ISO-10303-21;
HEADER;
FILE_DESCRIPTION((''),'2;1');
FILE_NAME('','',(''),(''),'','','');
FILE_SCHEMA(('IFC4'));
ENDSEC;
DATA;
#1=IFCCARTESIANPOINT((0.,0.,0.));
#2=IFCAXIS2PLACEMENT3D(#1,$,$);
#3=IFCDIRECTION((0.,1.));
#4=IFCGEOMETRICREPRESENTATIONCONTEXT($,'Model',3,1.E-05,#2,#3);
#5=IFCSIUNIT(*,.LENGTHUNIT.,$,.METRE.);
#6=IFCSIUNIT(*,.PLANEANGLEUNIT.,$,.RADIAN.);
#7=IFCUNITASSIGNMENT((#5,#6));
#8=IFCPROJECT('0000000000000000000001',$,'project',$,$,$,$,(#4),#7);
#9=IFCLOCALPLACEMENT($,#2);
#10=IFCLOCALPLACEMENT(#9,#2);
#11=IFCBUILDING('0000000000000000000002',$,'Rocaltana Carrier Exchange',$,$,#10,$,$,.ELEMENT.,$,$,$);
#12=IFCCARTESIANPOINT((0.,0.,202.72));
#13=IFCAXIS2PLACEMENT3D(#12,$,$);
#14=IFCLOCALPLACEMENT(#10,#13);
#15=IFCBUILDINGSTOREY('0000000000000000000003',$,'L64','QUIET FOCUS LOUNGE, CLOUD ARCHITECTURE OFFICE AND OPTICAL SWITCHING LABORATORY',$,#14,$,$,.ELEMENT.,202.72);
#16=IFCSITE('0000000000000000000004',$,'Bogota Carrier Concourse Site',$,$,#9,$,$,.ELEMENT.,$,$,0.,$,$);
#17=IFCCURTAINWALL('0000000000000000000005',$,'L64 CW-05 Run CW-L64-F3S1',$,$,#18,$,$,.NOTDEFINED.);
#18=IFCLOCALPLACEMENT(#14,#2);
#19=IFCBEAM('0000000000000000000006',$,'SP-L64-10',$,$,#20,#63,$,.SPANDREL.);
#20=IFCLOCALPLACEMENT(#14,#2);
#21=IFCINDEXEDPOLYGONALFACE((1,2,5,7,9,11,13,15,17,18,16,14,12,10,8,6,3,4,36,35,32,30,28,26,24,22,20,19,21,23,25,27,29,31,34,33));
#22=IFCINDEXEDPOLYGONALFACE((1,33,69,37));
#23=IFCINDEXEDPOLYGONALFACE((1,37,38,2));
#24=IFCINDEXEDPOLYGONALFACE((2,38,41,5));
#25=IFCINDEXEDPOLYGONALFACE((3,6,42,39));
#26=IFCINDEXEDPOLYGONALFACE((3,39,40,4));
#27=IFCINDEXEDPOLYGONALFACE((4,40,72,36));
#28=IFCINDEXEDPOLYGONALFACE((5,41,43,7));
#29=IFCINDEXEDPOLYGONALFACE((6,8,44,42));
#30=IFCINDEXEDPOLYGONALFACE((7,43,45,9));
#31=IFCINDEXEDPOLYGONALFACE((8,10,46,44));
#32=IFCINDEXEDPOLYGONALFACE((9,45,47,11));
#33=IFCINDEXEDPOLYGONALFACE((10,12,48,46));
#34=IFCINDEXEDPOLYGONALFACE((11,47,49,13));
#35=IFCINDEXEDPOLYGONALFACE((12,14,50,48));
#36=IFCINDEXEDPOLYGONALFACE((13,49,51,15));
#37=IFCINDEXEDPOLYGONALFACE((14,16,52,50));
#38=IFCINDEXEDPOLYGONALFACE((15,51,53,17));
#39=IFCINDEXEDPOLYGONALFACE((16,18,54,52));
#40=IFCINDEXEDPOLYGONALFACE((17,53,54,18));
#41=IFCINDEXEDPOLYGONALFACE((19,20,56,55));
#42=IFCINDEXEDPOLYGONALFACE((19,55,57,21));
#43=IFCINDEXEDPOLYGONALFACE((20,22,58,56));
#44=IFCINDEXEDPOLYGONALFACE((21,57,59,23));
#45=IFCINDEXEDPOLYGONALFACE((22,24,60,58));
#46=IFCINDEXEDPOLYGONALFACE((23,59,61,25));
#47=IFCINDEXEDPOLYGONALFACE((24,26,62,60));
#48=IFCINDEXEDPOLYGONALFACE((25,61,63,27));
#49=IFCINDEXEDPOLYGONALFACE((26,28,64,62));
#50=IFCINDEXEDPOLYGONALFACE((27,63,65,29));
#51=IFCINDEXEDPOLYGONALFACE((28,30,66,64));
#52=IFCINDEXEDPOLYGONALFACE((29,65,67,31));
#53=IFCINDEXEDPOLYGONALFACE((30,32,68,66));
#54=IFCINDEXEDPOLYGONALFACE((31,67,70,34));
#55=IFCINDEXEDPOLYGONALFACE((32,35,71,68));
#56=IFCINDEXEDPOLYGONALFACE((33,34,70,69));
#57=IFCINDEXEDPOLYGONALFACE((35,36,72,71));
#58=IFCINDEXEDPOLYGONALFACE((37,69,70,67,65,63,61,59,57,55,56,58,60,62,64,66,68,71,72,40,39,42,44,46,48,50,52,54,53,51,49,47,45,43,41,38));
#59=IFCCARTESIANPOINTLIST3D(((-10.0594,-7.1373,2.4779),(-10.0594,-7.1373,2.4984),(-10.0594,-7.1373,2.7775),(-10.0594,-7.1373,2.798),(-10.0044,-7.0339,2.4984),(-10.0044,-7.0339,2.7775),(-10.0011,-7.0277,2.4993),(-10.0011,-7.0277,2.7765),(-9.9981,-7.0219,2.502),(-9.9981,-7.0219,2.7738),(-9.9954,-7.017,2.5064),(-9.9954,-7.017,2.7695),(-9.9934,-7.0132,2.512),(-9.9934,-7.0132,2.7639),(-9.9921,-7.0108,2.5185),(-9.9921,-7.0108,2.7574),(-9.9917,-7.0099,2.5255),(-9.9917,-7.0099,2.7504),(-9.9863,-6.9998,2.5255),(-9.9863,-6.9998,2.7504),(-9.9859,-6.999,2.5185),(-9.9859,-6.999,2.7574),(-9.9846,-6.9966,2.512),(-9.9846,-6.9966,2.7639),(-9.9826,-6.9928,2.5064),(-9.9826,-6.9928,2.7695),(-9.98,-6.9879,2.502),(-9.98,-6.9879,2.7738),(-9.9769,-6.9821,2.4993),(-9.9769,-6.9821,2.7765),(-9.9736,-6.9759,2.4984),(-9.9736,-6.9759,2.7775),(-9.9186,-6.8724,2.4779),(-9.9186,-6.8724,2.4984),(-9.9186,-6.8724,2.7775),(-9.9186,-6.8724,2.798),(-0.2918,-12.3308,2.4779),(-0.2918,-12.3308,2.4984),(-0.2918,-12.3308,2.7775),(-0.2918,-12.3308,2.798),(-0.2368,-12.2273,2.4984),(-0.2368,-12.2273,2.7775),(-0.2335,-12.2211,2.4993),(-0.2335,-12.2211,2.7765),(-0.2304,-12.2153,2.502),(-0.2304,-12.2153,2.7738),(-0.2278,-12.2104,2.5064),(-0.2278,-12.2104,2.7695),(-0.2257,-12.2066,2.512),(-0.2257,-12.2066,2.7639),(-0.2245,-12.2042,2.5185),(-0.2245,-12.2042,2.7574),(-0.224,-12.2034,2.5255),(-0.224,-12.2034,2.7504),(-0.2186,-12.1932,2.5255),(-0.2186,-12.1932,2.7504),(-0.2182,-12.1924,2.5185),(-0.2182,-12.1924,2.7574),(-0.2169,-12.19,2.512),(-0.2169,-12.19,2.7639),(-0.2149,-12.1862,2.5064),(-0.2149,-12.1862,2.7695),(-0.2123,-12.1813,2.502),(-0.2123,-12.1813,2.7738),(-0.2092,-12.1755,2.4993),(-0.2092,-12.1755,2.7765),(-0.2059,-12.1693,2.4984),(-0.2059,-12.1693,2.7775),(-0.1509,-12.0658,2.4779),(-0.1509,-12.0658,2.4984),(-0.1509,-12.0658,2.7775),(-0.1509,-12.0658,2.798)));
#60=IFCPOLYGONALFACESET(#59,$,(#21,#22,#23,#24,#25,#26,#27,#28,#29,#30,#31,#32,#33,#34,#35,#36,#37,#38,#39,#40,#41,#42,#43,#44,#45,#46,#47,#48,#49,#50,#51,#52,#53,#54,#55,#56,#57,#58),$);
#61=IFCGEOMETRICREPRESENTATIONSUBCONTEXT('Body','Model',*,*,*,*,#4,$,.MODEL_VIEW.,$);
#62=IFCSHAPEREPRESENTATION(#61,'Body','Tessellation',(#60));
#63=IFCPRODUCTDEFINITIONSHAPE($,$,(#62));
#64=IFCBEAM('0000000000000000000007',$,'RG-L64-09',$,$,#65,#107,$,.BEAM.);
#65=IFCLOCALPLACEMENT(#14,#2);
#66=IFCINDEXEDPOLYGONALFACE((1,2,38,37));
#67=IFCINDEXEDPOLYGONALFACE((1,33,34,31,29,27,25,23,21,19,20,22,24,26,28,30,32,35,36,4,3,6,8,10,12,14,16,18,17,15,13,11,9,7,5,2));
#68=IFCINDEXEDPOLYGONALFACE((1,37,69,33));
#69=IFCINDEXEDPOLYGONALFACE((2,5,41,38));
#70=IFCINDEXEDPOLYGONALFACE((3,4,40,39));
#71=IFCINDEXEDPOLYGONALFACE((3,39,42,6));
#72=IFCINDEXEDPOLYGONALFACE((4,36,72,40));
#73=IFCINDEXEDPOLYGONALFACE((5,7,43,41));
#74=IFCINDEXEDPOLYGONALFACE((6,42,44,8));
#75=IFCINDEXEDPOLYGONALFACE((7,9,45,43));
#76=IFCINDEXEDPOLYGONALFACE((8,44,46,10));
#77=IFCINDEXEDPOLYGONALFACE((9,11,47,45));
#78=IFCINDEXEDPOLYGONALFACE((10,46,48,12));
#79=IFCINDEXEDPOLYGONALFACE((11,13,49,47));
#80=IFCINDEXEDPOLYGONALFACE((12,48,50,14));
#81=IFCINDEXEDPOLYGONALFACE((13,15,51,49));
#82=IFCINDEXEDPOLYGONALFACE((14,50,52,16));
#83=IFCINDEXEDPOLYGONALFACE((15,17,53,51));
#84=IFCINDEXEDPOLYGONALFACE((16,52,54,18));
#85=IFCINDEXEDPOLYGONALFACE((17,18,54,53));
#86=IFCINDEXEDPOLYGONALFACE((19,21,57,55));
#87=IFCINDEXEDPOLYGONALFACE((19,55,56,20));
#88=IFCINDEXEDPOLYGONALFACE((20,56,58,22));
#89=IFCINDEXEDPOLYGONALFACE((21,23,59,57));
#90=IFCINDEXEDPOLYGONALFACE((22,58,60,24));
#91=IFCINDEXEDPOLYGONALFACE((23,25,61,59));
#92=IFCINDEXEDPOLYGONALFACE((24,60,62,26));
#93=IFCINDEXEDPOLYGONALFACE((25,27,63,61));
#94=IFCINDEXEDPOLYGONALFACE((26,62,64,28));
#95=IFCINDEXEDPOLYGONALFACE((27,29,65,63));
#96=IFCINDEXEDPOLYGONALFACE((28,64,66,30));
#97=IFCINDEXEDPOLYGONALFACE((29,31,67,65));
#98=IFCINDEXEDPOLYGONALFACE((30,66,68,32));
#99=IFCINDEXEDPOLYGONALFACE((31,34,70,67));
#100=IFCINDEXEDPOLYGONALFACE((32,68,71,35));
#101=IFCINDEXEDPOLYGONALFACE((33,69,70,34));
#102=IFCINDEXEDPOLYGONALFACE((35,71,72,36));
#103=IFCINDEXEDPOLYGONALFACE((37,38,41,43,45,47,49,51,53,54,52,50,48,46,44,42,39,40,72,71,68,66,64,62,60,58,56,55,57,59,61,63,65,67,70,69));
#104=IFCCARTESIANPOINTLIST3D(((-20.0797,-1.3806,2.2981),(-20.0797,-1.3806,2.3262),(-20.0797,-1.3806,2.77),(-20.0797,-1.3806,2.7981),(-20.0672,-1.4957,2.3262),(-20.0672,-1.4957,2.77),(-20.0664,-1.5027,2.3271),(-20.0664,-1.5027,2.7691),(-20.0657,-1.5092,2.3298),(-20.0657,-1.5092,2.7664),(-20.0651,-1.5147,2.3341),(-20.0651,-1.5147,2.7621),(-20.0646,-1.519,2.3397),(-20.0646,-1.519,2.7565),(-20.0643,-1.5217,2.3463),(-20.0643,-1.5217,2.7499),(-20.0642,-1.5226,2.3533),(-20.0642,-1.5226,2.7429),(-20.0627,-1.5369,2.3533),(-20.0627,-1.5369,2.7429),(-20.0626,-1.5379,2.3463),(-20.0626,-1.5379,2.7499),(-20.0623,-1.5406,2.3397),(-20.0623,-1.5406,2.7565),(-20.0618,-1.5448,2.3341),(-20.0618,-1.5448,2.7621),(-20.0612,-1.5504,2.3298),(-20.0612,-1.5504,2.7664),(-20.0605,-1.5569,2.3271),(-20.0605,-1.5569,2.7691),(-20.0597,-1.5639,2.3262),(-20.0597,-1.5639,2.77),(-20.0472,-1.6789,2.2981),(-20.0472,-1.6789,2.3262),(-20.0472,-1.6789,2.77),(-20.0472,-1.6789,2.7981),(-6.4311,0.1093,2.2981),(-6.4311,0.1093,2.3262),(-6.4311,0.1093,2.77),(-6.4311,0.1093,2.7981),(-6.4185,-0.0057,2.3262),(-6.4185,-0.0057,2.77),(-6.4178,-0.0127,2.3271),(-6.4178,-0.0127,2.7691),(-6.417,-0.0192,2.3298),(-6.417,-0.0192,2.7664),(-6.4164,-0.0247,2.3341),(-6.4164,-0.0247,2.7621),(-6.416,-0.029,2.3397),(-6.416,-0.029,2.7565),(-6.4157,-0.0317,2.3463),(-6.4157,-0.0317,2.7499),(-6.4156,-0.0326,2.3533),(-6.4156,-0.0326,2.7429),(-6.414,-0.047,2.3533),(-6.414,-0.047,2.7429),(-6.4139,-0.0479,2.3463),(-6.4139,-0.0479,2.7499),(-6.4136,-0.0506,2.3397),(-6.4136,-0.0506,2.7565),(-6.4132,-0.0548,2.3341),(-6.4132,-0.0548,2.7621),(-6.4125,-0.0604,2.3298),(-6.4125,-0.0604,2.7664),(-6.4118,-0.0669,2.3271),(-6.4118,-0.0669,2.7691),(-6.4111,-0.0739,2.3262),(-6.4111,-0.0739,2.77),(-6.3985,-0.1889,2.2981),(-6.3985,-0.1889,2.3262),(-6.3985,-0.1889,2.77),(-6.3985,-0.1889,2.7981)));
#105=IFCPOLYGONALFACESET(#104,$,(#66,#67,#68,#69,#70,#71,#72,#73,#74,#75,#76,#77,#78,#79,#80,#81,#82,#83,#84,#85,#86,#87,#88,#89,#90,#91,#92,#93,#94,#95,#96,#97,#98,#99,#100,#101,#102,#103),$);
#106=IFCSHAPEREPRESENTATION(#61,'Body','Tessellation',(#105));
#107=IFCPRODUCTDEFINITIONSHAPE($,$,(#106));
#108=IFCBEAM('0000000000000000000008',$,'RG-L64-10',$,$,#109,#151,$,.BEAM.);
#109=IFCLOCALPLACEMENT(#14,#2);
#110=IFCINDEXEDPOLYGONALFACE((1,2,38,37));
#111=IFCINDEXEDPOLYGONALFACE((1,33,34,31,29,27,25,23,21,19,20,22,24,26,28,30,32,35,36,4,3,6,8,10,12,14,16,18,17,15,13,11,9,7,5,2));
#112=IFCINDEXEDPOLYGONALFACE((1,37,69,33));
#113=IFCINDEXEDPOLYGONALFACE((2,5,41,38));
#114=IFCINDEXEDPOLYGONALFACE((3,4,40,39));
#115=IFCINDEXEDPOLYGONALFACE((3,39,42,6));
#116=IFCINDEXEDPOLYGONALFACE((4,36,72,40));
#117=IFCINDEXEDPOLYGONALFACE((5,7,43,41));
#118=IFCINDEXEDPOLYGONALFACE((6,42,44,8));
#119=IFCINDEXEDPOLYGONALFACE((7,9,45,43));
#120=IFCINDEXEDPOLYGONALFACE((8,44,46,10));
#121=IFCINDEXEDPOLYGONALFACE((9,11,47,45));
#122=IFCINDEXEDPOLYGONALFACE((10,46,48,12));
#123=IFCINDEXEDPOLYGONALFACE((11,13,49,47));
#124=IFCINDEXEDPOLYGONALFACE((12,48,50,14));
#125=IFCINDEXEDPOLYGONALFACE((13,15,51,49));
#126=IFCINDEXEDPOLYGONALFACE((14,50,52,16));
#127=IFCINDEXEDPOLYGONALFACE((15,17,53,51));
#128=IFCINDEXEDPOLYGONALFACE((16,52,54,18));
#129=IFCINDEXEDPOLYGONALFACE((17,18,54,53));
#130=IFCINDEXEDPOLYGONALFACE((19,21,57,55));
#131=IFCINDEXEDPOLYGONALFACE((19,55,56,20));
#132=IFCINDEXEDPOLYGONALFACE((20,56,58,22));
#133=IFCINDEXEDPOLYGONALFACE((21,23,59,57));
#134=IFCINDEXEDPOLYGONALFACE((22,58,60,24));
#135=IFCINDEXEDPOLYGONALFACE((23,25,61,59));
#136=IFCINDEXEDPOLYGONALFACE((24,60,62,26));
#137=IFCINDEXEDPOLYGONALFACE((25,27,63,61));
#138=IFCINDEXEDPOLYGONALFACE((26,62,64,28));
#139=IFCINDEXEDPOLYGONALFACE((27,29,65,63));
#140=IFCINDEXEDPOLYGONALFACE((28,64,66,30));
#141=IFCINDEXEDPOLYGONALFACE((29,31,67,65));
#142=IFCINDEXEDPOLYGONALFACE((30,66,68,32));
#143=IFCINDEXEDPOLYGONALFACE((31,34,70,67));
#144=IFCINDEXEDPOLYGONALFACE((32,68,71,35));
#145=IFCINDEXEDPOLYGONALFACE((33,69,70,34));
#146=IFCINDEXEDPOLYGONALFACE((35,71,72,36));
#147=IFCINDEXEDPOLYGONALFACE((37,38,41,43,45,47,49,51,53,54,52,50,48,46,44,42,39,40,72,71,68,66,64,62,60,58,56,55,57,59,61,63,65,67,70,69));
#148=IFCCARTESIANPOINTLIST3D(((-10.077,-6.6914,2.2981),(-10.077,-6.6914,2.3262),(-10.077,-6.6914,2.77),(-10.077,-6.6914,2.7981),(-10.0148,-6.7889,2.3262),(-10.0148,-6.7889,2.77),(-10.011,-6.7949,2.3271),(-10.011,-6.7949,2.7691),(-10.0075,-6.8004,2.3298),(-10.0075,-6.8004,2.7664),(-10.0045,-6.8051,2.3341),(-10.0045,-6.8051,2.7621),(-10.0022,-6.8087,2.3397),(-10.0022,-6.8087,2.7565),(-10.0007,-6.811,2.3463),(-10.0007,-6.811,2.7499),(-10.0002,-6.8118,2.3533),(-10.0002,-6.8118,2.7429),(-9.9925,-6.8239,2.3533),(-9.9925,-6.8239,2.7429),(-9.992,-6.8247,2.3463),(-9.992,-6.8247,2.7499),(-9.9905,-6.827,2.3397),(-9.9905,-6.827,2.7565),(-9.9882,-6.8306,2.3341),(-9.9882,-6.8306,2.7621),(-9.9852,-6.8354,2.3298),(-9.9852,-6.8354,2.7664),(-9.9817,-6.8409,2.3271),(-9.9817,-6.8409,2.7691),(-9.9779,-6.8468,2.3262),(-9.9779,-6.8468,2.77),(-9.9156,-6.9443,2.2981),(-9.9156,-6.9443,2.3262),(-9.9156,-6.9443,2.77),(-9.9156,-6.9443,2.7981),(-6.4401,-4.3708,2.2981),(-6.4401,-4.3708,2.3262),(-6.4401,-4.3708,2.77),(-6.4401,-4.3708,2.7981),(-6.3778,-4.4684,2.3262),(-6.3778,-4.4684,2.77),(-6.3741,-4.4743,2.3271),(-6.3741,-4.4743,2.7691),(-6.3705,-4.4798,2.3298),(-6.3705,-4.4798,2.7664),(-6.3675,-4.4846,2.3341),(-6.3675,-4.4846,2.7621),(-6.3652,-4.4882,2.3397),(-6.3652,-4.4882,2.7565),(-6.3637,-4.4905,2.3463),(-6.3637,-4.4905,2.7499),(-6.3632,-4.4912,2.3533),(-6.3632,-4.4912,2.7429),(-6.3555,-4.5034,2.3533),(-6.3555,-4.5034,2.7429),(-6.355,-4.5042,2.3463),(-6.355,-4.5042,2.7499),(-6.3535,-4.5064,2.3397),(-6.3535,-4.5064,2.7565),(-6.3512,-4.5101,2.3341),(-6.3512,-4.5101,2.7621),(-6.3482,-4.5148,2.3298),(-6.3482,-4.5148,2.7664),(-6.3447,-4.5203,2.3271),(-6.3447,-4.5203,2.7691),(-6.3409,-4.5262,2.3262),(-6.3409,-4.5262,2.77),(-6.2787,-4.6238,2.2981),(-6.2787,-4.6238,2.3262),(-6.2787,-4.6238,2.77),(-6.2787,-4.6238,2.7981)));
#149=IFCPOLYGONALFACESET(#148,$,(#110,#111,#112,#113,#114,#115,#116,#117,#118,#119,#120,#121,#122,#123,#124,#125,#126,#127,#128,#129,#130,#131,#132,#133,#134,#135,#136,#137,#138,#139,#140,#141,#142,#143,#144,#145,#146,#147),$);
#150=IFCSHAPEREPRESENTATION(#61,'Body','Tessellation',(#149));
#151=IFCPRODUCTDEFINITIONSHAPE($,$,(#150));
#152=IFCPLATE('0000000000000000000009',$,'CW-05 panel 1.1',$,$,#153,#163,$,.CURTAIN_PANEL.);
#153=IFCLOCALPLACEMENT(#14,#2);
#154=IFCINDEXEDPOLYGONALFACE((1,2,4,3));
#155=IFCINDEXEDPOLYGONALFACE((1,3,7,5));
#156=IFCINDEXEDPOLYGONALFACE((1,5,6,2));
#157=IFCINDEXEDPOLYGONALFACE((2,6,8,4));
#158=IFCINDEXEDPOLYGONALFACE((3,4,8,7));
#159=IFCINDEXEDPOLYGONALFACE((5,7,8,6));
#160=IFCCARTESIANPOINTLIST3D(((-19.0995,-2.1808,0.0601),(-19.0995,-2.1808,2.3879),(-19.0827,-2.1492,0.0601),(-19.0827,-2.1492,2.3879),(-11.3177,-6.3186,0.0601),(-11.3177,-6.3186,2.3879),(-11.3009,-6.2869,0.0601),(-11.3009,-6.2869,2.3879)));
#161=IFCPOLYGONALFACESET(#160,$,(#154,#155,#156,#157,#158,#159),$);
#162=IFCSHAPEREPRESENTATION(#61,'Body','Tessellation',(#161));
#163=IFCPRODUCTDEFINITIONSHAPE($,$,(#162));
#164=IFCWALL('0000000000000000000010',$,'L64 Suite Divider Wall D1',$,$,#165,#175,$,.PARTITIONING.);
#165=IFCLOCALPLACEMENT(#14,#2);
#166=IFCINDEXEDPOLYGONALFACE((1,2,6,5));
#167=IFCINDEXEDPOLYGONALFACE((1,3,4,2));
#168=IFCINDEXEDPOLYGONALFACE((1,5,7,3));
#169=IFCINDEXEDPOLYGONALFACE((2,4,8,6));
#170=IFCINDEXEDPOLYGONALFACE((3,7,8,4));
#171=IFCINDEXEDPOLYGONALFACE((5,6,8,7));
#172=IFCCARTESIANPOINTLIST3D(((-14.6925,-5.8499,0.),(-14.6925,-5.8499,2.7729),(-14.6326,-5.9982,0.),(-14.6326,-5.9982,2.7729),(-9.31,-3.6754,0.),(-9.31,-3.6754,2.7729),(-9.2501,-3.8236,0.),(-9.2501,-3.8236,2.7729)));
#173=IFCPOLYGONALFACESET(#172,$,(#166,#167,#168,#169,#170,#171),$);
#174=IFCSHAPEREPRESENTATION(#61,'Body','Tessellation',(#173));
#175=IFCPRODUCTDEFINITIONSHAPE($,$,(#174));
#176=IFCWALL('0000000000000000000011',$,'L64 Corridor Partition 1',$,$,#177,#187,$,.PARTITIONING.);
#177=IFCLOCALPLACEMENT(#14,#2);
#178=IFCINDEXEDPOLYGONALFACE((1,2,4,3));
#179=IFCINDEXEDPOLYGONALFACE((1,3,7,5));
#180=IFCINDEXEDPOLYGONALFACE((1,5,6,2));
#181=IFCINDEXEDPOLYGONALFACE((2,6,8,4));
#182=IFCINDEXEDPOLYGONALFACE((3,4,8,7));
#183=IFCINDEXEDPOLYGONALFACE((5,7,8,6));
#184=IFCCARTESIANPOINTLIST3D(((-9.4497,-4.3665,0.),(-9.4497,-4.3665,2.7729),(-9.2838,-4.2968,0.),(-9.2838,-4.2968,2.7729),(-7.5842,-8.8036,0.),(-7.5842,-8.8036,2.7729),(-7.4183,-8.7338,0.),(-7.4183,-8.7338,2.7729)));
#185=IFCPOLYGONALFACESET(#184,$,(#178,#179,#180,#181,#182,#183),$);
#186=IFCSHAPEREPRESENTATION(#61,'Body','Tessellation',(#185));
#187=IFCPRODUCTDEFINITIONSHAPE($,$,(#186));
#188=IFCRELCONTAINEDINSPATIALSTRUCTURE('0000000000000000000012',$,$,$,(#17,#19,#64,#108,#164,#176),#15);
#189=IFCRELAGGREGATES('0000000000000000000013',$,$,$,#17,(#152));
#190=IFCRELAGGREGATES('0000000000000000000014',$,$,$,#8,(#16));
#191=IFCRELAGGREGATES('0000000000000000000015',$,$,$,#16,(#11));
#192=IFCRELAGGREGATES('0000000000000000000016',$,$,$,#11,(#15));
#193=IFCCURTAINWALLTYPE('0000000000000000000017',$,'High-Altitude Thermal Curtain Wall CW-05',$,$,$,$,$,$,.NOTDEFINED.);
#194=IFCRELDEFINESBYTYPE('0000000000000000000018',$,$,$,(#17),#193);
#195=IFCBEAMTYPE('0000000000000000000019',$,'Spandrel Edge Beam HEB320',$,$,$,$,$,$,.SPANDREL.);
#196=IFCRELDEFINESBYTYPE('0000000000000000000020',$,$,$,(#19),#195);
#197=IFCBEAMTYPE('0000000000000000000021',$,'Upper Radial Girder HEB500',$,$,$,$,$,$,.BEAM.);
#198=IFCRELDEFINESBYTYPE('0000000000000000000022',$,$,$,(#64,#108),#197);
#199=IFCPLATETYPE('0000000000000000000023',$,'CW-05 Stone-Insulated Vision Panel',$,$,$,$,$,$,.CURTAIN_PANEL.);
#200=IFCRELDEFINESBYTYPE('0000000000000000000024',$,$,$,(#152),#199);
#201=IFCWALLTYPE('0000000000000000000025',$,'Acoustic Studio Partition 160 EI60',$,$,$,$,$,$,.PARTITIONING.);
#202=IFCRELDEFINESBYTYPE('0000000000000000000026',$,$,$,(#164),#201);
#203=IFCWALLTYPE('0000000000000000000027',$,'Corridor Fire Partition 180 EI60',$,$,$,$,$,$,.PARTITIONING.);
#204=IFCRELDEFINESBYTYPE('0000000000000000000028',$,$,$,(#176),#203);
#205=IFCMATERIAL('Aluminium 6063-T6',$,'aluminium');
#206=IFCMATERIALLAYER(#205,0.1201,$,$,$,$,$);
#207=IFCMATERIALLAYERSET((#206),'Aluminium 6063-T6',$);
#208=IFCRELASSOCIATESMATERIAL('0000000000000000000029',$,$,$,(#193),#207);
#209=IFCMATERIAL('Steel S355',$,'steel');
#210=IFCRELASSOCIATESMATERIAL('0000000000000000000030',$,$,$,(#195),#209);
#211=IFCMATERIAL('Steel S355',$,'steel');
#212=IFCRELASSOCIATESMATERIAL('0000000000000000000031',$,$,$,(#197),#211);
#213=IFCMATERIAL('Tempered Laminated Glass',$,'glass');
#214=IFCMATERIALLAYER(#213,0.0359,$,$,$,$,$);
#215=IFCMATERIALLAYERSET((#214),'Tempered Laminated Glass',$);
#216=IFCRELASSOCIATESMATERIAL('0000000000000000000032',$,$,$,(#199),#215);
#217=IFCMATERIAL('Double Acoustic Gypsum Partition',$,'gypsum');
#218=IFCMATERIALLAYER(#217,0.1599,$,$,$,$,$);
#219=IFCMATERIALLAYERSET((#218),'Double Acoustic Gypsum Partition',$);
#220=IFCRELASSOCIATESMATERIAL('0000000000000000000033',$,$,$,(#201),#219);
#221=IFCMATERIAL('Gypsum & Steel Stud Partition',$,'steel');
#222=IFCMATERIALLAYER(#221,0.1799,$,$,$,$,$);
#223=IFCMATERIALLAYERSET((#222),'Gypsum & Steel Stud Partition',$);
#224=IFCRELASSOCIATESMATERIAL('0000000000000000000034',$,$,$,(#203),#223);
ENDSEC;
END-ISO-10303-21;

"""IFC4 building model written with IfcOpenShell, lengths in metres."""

from ifc_helpers import new_model, si_unit, direction, frame, frame_2d, origin, origin_2d, place, context, subcontext, project, spatial, rectangle, i_section, extrude, material, layer, layer_set, material_profile, profile_set, type_object, element, aggregate, save


model = new_model("IFC4")

# Units and contexts
model_context = context("Model", 3, precision=1e-05, world=origin(), true_north=direction((0.0, 1.0)))
body_context = subcontext(model_context, "Body", "Model", "MODEL_VIEW")
ifc_project = project(units=[si_unit("LENGTHUNIT", "METRE"), si_unit("PLANEANGLEUNIT", "RADIAN")], contexts=[model_context])

# Site, building, storey
site_placement = place(None, origin())
site = spatial("IfcSite", under=ifc_project, at=site_placement, Name="Bogota Carrier Concourse Site", CompositionType="ELEMENT", RefElevation=0.0)
building_placement = place(site_placement, origin())
building = spatial("IfcBuilding", under=site, at=building_placement, Name="Rocaltana Carrier Exchange", CompositionType="ELEMENT")
storey_placement = place(building_placement, frame((0.0, 0.0, 202.72)))
storey = spatial("IfcBuildingStorey", under=building, at=storey_placement, Name="L64", Description="QUIET FOCUS LOUNGE, CLOUD ARCHITECTURE OFFICE AND OPTICAL SWITCHING LABORATORY", CompositionType="ELEMENT", Elevation=202.72)

# Curtain wall
ifc_material_1 = material(Name="Aluminium 6063-T6", Category="aluminium")
ifc_layer_1 = layer(ifc_material_1, 0.1201)
ifc_layer_set_1 = layer_set([ifc_layer_1], Name="Aluminium 6063-T6")
curtain_wall_type = type_object("IfcCurtainWallType", Name="High-Altitude Thermal Curtain Wall CW-05", PredefinedType="NOTDEFINED", material=ifc_layer_set_1)
curtain_wall_1_placement = place(storey_placement, origin())
curtain_wall_1 = element("IfcCurtainWall", 1, at=curtain_wall_1_placement, inside=storey, type_object=curtain_wall_type, Name="L64 CW-05 Run CW-L64-F3S1", PredefinedType="NOTDEFINED")

# Beams
ifc_material_2 = material(Name="Steel S355", Category="steel")
ifc_material_profile_1 = material_profile(ifc_material_2, i_section(OverallWidth=0.3, OverallDepth=0.3201, WebThickness=0.0115, FlangeThickness=0.0205, FilletRadius=0.0271, at=origin_2d()), Name="HEB320")
ifc_profile_set_1 = profile_set([ifc_material_profile_1], Name="Steel S355")
beam_type_1 = type_object("IfcBeamType", Name="Spandrel Edge Beam HEB320", PredefinedType="SPANDREL", material=ifc_profile_set_1)
for number, where, z_axis, x_axis, name in (
    (2, (-9.989, -7.0049, 2.6379), (0.882953, -0.469461, 0.0), (0.469461, 0.882953, 0.0), "SP-L64-10"),
):
    element("IfcBeam", number, at=place(storey_placement, frame(where, z_axis=z_axis, x_axis=x_axis)), inside=storey, type_object=beam_type_1, Name=name, PredefinedType="SPANDREL", context=body_context, shape_type="SweptSolid", body=[
        extrude(i_section(OverallWidth=0.3, OverallDepth=0.3201, WebThickness=0.0115, FlangeThickness=0.0205, FilletRadius=0.0271, at=origin_2d()), origin(), (0.0, 0.0, 1.0), 11.0625),
    ])
ifc_material_3 = material(Name="Steel S355", Category="steel")
ifc_material_profile_2 = material_profile(ifc_material_3, i_section(OverallWidth=0.3, OverallDepth=0.5, WebThickness=0.0144, FlangeThickness=0.0281, FilletRadius=0.0271, at=origin_2d()), Name="HEB500")
ifc_profile_set_2 = profile_set([ifc_material_profile_2], Name="Steel S355")
beam_type_2 = type_object("IfcBeamType", Name="Upper Radial Girder HEB500", PredefinedType="BEAM", material=ifc_profile_set_2)
beam_1_placement = place(storey_placement, frame((-6.4148, -0.0398, 2.5481), z_axis=(-0.994094, -0.108523, 0.0), x_axis=(0.108523, -0.994094, 0.0)))
element("IfcBeam", 3, at=beam_1_placement, inside=storey, type_object=beam_type_2, Name="RG-L64-09", PredefinedType="BEAM", context=body_context, shape_type="SweptSolid", body=[
    extrude(i_section(OverallWidth=0.3, OverallDepth=0.5, WebThickness=0.0144, FlangeThickness=0.0281, FilletRadius=0.0271, at=origin_2d()), origin(), (0.0, 0.0, 1.0), 13.7297),
])
beam_2_placement = place(storey_placement, frame((-6.3594, -4.4973, 2.5481), z_axis=(-0.843018, -0.537886, 0.0), x_axis=(0.537886, -0.843018, 0.0)))
element("IfcBeam", 4, at=beam_2_placement, inside=storey, type_object=beam_type_2, Name="RG-L64-10", PredefinedType="BEAM", context=body_context, shape_type="SweptSolid", body=[
    extrude(i_section(OverallWidth=0.3, OverallDepth=0.5, WebThickness=0.0144, FlangeThickness=0.0281, FilletRadius=0.0271, at=origin_2d()), origin(), (0.0, 0.0, 1.0), 4.3142),
])

# Plate
ifc_material_4 = material(Name="Tempered Laminated Glass", Category="glass")
ifc_layer_2 = layer(ifc_material_4, 0.0359)
ifc_layer_set_2 = layer_set([ifc_layer_2], Name="Tempered Laminated Glass")
plate_type = type_object("IfcPlateType", Name="CW-05 Stone-Insulated Vision Panel", PredefinedType="CURTAIN_PANEL", material=ifc_layer_set_2)
plate_placement = place(storey_placement, frame((-15.2002, -4.2339, 0.0601), z_axis=(0.0, 0.0, 1.0), x_axis=(0.882941, -0.469483, 0.0)))
plate = element("IfcPlate", 5, at=plate_placement, type_object=plate_type, Name="CW-05 panel 1.1", PredefinedType="CURTAIN_PANEL", context=body_context, shape_type="SweptSolid", body=[
    extrude(rectangle(XDim=8.8135, YDim=0.0359, at=origin_2d()), origin(), (0.0, 0.0, 1.0), 2.3279),
])
aggregate(curtain_wall_1, [plate])

# Walls
ifc_material_5 = material(Name="Double Acoustic Gypsum Partition", Category="gypsum")
ifc_layer_3 = layer(ifc_material_5, 0.1599)
ifc_layer_set_3 = layer_set([ifc_layer_3], Name="Double Acoustic Gypsum Partition")
wall_type_1 = type_object("IfcWallType", Name="Acoustic Studio Partition 160 EI60", PredefinedType="PARTITIONING", material=ifc_layer_set_3)
wall_1_placement = place(storey_placement, frame((-9.28, -3.7495, 0.0), z_axis=(0.0, 0.0, 1.0), x_axis=(-0.927192, -0.374586, 0.0)))
element("IfcWall", 6, at=wall_1_placement, inside=storey, type_object=wall_type_1, Name="L64 Suite Divider Wall D1", PredefinedType="PARTITIONING", context=body_context, shape_type="SweptSolid", body=[
    extrude(rectangle(XDim=5.8052, YDim=0.1599, at=frame_2d((2.9026, 0.0))), origin(), (0.0, 0.0, 1.0), 2.7729),
])
ifc_material_6 = material(Name="Gypsum & Steel Stud Partition", Category="steel")
ifc_layer_4 = layer(ifc_material_6, 0.1799)
ifc_layer_set_4 = layer_set([ifc_layer_4], Name="Gypsum & Steel Stud Partition")
wall_type_2 = type_object("IfcWallType", Name="Corridor Fire Partition 180 EI60", PredefinedType="PARTITIONING", material=ifc_layer_set_4)
wall_2_placement = place(storey_placement, frame((-7.5012, -8.7688, 0.0), z_axis=(0.0, 0.0, 1.0), x_axis=(-0.387574, 0.921839, 0.0)))
element("IfcWall", 7, at=wall_2_placement, inside=storey, type_object=wall_type_2, Name="L64 Corridor Partition 1", PredefinedType="PARTITIONING", context=body_context, shape_type="SweptSolid", body=[
    extrude(rectangle(XDim=4.8132, YDim=0.1799, at=frame_2d((2.4067, 0.0))), origin(), (0.0, 0.0, 1.0), 2.7729),
])

save(model, "model.ifc")
